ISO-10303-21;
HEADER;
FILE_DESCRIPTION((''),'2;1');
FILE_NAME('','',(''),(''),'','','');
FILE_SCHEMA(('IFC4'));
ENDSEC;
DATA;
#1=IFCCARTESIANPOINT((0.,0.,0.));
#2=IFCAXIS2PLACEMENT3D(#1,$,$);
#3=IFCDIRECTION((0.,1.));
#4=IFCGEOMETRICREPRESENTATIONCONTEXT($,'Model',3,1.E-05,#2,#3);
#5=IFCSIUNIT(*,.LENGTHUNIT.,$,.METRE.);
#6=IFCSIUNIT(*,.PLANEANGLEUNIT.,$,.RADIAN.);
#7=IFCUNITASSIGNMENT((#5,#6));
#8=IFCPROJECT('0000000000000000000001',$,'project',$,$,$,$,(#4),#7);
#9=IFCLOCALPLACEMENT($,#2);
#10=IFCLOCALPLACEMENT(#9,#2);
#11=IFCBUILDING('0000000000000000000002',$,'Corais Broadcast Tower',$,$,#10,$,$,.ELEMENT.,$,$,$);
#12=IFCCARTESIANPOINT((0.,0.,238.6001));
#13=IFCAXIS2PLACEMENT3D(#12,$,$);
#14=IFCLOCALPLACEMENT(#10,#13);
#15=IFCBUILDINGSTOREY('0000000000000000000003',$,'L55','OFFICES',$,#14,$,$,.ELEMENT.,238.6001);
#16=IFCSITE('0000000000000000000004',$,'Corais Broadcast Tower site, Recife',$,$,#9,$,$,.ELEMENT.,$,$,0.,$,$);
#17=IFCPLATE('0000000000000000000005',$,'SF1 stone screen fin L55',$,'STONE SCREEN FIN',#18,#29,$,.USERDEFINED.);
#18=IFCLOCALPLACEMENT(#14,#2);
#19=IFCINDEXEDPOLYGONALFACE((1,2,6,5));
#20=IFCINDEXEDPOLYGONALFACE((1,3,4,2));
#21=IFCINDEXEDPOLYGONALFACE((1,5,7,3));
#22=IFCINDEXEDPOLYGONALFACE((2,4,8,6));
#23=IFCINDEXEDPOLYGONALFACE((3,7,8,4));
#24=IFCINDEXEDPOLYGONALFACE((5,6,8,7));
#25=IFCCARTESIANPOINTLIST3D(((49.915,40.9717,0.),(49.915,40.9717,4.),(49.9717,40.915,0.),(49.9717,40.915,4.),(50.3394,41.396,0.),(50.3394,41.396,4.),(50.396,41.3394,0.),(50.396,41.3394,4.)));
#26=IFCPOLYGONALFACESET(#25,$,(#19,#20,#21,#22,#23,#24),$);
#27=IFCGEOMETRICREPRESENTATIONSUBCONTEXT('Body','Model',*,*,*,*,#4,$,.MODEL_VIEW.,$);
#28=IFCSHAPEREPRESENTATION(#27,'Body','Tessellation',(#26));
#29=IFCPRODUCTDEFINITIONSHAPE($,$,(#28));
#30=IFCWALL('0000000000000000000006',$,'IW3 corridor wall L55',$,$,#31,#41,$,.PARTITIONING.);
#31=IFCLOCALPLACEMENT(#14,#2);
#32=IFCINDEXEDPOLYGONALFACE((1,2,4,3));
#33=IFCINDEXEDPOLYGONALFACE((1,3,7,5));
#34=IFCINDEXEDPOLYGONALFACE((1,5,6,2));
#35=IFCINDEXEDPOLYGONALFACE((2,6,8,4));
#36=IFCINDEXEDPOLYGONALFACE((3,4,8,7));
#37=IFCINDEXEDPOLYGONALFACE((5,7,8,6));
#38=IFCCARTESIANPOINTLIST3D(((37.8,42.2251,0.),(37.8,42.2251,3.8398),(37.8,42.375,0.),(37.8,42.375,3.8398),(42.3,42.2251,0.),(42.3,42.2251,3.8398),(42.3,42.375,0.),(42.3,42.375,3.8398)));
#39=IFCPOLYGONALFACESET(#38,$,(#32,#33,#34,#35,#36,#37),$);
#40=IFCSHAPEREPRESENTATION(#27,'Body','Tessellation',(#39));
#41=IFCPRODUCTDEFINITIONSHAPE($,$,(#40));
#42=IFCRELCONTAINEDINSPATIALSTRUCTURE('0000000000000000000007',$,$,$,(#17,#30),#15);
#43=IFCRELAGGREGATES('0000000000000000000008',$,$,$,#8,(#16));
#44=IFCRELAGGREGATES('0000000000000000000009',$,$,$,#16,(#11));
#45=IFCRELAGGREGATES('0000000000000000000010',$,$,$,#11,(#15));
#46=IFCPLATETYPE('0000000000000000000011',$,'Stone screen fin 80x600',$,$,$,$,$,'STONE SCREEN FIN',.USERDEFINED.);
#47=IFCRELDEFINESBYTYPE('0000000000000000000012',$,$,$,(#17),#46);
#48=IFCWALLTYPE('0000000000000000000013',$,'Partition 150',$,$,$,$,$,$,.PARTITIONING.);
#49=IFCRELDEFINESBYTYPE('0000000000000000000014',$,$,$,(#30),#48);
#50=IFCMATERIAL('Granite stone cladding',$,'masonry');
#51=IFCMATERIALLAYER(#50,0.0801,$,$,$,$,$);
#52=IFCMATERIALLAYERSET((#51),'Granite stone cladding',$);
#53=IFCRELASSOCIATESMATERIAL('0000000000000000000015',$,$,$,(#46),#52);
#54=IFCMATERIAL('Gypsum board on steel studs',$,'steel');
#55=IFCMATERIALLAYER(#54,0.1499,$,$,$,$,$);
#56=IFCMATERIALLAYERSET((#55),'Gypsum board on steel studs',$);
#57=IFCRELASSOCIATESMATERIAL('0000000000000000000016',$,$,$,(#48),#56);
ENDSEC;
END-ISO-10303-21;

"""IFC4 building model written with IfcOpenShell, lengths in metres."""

from ifc_helpers import new_model, si_unit, direction, frame, frame_2d, origin, origin_2d, place, context, subcontext, project, spatial, rectangle, extrude, material, layer, layer_set, type_object, element, save


model = new_model("IFC4")

# Units and contexts
model_context = context("Model", 3, precision=1e-05, world=origin(), true_north=direction((0.0, 1.0)))
body_context = subcontext(model_context, "Body", "Model", "MODEL_VIEW")
ifc_project = project(units=[si_unit("LENGTHUNIT", "METRE"), si_unit("PLANEANGLEUNIT", "RADIAN")], contexts=[model_context])

# Site, building, storey
site_placement = place(None, origin())
site = spatial("IfcSite", under=ifc_project, at=site_placement, Name="Corais Broadcast Tower site, Recife", CompositionType="ELEMENT", RefElevation=0.0)
building_placement = place(site_placement, origin())
building = spatial("IfcBuilding", under=site, at=building_placement, Name="Corais Broadcast Tower", CompositionType="ELEMENT")
storey_placement = place(building_placement, frame((0.0, 0.0, 238.6001)))
storey = spatial("IfcBuildingStorey", under=building, at=storey_placement, Name="L55", Description="OFFICES", CompositionType="ELEMENT", Elevation=238.6001)

# Plate
ifc_material_1 = material(Name="Granite stone cladding", Category="masonry")
ifc_layer_1 = layer(ifc_material_1, 0.0801)
ifc_layer_set_1 = layer_set([ifc_layer_1], Name="Granite stone cladding")
plate_type_1 = type_object("IfcPlateType", Name="Stone screen fin 80x600", ElementType="STONE SCREEN FIN", PredefinedType="USERDEFINED", material=ifc_layer_set_1)
for number, where, z_axis, x_axis, name in (
    (1, (50.1555, 41.1555, 0.0), (0.0, 0.0, 1.0), (0.707107, -0.707107, 0.0), "SF1 stone screen fin L55"),
):
    element("IfcPlate", number, at=place(storey_placement, frame(where, z_axis=z_axis, x_axis=x_axis)), inside=storey, type_object=plate_type_1, Name=name, ObjectType="STONE SCREEN FIN", PredefinedType="USERDEFINED", context=body_context, shape_type="SweptSolid", body=[
        extrude(rectangle(XDim=0.0801, YDim=0.6001, at=origin_2d()), origin(), (0.0, 0.0, 1.0), 4.0),
    ])

# Wall
ifc_material_2 = material(Name="Gypsum board on steel studs", Category="steel")
ifc_layer_2 = layer(ifc_material_2, 0.1499)
ifc_layer_set_2 = layer_set([ifc_layer_2], Name="Gypsum board on steel studs")
wall_type = type_object("IfcWallType", Name="Partition 150", PredefinedType="PARTITIONING", material=ifc_layer_set_2)
wall_placement = place(storey_placement, frame((42.3, 42.3, 0.0), z_axis=(0.0, 0.0, 1.0), x_axis=(-1.0, 0.0, 0.0)))
element("IfcWall", 2, at=wall_placement, inside=storey, type_object=wall_type, Name="IW3 corridor wall L55", PredefinedType="PARTITIONING", context=body_context, shape_type="SweptSolid", body=[
    extrude(rectangle(XDim=4.5, YDim=0.1499, at=frame_2d((2.25, 0.0))), origin(), (0.0, 0.0, 1.0), 3.8398),
])

save(model, "model.ifc")
